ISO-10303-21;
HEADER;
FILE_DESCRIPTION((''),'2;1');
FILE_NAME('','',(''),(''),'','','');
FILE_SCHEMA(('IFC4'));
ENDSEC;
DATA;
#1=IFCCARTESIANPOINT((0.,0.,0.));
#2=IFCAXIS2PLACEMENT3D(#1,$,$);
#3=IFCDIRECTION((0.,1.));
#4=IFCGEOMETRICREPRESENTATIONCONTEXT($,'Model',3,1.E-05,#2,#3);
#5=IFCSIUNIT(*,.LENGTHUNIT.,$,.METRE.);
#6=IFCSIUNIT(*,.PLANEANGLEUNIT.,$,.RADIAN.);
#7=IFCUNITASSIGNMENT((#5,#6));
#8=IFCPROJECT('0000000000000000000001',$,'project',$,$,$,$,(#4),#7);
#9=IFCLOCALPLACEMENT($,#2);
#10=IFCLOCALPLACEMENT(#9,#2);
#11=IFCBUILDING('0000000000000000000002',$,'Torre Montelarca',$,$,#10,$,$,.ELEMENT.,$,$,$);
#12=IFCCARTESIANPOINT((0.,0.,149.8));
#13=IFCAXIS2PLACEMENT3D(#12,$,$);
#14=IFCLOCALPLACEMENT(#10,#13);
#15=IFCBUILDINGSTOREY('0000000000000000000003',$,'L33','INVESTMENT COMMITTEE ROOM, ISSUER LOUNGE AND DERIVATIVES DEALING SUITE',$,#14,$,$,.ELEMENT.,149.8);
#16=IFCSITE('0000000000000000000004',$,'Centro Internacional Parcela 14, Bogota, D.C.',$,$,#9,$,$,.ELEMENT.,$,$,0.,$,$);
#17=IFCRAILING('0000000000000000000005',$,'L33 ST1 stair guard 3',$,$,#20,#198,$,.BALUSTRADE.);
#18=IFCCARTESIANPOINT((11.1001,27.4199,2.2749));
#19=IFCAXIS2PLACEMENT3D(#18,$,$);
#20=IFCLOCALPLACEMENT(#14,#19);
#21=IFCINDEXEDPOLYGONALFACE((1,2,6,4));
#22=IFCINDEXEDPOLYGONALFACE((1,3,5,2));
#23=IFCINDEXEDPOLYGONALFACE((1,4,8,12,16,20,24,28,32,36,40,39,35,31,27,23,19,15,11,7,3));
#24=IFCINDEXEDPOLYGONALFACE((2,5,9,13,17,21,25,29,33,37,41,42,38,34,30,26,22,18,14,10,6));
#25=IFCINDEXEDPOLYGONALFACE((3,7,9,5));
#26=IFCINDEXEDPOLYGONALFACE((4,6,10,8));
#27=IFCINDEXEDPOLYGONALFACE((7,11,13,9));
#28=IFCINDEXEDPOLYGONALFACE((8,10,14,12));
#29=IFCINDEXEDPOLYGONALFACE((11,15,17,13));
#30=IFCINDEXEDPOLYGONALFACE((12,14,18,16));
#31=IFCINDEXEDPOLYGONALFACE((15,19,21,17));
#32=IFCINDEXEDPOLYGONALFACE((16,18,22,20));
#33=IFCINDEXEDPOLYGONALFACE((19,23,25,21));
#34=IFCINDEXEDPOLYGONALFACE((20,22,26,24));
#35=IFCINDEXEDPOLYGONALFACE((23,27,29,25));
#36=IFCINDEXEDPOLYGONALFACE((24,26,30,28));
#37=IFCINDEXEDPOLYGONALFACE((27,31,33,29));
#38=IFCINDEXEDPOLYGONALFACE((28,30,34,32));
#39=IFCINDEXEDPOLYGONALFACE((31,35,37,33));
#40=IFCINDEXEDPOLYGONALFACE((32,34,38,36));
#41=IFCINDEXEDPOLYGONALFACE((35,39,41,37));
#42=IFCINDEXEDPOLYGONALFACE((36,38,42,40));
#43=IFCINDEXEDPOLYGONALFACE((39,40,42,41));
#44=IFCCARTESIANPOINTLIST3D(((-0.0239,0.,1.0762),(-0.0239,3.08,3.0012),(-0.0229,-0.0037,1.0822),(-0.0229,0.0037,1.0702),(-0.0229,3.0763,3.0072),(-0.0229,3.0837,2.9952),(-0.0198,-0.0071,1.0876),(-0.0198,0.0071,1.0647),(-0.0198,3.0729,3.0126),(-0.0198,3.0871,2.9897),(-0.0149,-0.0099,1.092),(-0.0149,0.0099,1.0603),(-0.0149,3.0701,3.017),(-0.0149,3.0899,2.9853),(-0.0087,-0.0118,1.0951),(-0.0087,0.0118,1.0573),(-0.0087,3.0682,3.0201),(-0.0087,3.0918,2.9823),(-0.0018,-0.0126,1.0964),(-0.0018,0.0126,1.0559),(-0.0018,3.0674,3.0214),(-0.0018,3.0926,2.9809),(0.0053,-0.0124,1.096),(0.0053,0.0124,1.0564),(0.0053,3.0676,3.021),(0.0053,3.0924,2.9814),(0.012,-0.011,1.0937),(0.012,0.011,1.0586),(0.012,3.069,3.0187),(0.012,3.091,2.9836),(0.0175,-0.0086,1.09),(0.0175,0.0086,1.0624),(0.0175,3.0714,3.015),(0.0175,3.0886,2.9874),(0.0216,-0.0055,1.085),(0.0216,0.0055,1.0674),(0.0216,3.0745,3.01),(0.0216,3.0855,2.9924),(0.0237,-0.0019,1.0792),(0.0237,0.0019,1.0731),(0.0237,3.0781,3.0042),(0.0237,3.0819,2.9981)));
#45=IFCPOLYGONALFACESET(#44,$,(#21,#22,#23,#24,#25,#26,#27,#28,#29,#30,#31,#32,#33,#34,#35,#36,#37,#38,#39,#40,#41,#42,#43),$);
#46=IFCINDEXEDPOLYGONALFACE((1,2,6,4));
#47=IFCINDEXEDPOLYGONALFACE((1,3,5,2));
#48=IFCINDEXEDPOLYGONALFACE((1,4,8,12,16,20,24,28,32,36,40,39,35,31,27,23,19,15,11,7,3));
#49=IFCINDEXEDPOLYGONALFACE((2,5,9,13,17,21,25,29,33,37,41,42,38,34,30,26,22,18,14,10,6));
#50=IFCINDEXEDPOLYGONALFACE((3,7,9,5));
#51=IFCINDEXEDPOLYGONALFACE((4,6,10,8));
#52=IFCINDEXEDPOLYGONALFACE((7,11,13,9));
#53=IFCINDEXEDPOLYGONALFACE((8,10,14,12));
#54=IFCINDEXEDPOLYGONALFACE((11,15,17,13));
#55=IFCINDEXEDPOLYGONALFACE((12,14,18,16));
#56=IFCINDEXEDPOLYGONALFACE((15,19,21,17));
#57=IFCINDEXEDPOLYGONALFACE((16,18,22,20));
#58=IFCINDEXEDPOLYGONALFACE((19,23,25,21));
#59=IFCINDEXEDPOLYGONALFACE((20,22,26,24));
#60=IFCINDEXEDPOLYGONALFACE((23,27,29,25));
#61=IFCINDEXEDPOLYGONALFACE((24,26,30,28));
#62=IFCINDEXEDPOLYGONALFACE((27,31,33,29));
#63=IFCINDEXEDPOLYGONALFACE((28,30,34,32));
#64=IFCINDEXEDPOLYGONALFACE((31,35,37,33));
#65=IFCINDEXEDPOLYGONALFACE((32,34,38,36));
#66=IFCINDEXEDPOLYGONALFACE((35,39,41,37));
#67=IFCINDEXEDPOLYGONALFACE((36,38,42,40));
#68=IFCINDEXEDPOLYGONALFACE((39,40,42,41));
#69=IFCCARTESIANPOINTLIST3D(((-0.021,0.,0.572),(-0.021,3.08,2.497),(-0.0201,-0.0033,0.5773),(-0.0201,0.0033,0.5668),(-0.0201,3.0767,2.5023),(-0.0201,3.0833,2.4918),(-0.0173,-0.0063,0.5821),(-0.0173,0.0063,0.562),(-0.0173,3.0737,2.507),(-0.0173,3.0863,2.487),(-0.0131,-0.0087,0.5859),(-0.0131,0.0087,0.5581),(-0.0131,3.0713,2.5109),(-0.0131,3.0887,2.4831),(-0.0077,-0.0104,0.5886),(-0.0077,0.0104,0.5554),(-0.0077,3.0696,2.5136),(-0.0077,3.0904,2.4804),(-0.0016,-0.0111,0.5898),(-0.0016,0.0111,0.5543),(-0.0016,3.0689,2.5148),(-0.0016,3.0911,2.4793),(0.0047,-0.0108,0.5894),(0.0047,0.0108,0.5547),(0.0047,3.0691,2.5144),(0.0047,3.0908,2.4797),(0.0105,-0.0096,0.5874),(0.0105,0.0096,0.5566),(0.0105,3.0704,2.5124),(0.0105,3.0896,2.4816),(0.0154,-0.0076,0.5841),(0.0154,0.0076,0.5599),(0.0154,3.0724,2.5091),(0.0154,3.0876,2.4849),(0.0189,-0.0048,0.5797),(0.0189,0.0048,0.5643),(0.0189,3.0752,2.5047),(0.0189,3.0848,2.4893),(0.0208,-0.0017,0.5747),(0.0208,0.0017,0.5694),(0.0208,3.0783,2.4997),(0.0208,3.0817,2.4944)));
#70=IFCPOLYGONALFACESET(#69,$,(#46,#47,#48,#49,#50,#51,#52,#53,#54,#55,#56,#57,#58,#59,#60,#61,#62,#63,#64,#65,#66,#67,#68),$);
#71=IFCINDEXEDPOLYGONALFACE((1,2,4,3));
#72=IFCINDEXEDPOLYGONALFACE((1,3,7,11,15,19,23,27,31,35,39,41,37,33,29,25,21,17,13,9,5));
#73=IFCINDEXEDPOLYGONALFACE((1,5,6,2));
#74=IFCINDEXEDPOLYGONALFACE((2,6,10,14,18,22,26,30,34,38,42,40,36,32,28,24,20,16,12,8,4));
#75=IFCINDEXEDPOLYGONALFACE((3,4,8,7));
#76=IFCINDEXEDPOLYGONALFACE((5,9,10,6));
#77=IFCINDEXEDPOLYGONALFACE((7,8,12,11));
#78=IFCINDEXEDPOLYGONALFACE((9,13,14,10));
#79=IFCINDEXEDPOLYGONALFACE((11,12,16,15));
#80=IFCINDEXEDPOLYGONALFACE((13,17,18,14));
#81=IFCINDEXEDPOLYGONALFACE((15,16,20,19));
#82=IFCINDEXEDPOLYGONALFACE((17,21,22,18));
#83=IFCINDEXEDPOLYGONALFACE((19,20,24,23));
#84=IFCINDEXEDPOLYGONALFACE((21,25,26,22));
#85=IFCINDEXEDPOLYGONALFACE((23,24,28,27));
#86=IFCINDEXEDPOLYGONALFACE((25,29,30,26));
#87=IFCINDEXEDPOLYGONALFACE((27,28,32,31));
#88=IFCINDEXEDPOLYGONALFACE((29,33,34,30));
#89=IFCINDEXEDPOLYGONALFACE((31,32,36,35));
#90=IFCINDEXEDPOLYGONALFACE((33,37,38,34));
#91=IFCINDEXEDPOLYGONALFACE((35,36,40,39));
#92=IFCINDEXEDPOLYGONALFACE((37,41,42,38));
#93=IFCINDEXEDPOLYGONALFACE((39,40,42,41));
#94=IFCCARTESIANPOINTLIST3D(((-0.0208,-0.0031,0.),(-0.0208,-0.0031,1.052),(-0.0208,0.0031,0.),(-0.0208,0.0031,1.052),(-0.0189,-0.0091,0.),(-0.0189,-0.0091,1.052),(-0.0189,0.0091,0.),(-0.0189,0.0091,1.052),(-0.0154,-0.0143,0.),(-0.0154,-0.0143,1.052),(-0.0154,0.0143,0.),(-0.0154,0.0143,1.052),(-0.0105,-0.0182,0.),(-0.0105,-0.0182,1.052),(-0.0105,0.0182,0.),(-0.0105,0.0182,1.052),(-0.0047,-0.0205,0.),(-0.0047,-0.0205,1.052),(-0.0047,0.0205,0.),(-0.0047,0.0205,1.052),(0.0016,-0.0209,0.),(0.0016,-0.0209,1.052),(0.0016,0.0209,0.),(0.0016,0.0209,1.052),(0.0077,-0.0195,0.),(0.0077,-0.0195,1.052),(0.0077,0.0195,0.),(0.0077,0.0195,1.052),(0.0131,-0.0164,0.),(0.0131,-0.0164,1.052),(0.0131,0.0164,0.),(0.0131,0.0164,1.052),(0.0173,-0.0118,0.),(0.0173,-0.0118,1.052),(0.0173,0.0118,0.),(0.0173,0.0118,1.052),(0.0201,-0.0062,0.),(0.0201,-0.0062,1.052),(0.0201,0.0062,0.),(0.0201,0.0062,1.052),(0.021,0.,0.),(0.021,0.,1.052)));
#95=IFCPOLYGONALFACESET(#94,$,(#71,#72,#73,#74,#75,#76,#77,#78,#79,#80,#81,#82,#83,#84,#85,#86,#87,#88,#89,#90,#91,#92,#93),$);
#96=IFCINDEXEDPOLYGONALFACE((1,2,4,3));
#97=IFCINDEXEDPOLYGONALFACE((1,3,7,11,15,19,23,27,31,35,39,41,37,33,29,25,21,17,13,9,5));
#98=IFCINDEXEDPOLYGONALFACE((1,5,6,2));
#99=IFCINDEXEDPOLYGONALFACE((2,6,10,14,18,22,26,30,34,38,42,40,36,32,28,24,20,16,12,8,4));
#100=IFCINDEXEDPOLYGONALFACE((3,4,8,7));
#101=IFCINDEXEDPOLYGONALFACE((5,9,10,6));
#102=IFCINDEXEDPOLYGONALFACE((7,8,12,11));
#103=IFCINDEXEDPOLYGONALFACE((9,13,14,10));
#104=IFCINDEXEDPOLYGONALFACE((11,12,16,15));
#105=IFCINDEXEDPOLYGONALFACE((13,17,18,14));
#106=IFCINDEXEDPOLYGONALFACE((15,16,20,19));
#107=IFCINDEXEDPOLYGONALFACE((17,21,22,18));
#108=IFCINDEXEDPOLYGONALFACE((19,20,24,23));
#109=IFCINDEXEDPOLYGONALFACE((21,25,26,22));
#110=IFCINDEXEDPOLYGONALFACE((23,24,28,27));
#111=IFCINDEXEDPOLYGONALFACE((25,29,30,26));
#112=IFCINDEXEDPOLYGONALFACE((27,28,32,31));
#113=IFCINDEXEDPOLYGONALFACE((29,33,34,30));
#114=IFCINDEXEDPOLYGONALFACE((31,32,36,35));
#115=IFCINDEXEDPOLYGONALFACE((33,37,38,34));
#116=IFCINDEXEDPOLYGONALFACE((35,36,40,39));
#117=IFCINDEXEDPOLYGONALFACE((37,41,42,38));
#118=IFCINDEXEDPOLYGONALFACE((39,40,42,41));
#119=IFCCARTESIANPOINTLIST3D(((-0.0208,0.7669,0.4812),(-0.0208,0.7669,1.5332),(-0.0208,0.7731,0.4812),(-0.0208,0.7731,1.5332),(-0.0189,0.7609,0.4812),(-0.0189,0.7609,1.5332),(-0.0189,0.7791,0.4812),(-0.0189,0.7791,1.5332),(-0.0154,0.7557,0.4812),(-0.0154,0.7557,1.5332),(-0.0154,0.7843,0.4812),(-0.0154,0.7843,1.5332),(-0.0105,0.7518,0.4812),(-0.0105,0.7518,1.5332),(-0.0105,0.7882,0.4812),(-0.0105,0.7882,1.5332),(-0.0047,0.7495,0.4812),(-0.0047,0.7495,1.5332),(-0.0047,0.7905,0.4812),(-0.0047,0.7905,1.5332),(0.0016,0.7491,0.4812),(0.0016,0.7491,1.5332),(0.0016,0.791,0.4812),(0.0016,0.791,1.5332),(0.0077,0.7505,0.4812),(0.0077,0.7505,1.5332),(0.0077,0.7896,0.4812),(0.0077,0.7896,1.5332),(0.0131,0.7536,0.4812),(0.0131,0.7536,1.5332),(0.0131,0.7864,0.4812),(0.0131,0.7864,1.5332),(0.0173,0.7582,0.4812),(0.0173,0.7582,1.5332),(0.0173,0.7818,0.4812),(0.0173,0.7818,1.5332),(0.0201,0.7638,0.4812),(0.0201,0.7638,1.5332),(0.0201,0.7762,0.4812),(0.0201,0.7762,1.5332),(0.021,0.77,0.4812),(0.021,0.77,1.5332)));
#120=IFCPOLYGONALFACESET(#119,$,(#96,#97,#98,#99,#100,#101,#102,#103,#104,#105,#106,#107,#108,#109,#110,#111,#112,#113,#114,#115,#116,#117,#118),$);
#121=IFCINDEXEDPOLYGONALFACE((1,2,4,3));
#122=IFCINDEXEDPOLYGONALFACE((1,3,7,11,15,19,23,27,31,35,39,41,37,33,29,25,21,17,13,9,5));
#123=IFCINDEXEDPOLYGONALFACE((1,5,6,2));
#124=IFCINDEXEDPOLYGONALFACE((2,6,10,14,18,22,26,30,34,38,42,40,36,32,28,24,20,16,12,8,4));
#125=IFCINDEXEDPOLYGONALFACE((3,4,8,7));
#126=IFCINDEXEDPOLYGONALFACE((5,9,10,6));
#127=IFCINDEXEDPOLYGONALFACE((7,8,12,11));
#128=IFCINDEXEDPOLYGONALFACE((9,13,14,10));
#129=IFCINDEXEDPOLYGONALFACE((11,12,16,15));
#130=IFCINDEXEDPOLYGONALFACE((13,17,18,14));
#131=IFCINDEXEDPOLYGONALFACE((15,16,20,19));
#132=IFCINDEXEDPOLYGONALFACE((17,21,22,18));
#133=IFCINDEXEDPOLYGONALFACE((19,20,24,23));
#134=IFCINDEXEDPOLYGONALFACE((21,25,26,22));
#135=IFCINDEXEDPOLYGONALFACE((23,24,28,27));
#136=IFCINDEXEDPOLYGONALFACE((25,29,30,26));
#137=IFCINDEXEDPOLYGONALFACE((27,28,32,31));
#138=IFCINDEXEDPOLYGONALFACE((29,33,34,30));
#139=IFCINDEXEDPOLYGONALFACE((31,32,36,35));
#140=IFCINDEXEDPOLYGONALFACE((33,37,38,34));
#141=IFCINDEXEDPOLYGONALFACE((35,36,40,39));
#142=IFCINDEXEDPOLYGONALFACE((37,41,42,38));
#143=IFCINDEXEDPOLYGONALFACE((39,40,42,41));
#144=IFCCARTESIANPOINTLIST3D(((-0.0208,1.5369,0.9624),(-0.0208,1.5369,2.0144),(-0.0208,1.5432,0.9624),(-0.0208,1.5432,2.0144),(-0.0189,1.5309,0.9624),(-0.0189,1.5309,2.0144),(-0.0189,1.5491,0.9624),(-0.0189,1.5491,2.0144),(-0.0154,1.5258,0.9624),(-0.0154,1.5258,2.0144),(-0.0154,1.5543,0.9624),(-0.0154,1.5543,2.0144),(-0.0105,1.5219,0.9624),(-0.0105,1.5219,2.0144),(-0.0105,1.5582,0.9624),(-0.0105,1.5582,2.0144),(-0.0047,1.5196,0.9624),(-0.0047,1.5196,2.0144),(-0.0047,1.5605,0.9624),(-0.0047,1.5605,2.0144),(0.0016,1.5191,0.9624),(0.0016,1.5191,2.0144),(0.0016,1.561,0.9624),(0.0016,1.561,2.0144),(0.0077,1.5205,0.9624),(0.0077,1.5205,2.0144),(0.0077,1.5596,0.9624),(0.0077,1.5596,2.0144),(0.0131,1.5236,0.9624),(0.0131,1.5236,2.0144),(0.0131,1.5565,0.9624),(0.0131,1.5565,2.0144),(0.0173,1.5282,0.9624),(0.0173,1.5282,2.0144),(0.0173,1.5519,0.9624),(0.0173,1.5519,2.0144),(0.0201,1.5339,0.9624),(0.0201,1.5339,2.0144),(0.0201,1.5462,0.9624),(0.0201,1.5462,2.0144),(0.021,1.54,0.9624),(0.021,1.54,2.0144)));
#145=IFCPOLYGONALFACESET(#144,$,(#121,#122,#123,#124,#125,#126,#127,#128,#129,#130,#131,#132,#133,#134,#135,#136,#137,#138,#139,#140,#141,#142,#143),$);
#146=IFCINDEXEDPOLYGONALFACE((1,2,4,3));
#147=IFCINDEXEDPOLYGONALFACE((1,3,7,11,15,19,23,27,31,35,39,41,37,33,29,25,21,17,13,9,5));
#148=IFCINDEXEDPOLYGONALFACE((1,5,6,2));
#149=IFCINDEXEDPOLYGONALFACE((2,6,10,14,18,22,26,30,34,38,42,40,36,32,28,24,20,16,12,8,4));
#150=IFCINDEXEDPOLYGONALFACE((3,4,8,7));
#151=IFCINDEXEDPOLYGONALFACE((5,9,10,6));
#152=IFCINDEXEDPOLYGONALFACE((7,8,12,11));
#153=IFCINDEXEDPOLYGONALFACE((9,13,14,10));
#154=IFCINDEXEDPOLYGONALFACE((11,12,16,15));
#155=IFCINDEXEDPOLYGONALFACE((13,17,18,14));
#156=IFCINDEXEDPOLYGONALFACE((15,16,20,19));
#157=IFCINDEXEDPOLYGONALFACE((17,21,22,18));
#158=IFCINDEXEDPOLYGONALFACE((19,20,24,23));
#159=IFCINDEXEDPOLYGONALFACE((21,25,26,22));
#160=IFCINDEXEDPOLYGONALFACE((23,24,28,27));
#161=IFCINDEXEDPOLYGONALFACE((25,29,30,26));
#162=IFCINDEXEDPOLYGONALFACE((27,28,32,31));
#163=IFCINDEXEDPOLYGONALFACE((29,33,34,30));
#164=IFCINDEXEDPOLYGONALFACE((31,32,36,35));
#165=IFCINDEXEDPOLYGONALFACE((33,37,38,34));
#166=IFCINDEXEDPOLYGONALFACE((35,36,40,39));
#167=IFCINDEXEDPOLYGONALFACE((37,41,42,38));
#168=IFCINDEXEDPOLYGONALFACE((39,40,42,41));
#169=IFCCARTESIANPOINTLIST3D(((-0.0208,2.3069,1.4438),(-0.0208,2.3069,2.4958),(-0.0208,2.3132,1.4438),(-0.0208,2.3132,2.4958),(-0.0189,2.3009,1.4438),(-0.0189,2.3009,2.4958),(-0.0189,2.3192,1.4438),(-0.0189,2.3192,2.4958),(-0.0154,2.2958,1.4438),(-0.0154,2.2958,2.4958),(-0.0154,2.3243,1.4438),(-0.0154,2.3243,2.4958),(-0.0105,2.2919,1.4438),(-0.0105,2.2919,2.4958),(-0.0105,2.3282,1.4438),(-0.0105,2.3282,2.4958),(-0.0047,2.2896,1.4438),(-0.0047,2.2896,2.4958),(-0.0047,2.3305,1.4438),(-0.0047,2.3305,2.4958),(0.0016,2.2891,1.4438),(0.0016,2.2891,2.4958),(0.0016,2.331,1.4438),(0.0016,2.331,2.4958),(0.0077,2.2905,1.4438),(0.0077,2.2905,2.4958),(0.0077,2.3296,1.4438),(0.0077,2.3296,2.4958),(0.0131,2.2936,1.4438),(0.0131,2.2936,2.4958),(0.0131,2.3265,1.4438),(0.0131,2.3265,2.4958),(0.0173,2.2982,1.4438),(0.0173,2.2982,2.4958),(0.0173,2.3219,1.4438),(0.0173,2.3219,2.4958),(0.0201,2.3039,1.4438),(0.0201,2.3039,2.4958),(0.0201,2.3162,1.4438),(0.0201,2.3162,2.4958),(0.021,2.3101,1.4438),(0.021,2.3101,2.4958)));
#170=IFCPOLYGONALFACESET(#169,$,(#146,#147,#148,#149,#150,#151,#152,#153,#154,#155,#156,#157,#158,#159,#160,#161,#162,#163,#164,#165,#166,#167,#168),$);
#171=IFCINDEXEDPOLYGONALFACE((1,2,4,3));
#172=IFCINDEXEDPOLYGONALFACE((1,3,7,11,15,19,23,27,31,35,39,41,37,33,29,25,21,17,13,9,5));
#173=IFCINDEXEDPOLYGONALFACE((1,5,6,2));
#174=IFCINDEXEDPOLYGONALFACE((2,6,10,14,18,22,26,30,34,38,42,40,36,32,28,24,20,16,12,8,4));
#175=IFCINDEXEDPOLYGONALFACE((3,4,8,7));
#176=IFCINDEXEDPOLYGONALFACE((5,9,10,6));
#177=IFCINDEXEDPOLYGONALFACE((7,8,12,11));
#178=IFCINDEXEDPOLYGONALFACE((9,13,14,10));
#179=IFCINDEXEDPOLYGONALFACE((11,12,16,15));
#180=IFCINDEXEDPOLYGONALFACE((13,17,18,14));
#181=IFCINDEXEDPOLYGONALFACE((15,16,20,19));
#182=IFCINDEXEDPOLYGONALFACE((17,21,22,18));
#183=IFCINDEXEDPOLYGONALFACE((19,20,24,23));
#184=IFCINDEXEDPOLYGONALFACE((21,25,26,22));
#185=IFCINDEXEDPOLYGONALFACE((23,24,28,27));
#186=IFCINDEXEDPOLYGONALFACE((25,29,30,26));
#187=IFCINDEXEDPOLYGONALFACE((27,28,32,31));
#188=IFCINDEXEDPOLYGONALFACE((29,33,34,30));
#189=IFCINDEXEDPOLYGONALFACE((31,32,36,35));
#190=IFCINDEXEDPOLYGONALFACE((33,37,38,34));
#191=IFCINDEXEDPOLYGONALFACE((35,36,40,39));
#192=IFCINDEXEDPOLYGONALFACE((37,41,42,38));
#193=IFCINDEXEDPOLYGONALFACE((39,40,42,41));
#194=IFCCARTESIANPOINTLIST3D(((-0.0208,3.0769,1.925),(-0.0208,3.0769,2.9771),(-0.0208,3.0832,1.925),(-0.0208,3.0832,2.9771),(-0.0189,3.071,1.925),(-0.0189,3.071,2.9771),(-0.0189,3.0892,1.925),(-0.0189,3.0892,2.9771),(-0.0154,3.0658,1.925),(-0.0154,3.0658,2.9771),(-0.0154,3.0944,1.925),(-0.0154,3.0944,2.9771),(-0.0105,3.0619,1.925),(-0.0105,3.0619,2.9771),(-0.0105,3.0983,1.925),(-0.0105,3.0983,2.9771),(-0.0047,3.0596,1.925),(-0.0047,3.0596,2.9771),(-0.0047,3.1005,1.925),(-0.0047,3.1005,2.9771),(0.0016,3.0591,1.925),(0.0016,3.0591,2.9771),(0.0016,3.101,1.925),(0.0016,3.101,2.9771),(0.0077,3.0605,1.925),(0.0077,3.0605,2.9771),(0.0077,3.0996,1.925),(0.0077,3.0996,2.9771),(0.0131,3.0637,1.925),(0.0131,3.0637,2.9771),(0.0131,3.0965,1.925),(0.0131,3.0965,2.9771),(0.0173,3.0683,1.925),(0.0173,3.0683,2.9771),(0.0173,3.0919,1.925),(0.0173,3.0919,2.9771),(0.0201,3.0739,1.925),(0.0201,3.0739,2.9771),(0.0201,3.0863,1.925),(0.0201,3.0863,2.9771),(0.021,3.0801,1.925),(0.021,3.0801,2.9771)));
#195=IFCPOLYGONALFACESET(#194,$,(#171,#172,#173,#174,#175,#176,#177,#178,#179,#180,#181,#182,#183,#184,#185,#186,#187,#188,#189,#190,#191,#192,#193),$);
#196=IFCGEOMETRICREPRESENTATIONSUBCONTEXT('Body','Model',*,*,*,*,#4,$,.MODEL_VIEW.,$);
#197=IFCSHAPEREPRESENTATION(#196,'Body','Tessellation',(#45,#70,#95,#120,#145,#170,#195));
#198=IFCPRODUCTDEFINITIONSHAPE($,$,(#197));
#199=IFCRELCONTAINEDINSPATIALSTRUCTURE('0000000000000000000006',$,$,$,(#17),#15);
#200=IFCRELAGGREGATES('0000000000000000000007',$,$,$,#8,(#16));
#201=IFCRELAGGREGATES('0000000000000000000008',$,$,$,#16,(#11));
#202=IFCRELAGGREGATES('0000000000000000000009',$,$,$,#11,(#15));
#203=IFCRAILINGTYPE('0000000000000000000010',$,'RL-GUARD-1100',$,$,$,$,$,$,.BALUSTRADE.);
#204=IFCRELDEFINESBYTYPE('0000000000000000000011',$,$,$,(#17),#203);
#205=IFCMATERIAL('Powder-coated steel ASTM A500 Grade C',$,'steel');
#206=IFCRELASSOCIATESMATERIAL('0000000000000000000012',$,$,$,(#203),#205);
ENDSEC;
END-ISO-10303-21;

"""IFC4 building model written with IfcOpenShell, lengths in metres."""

from ifc_helpers import new_model, si_unit, direction, frame, origin, origin_2d, place, context, subcontext, project, spatial, circle, extrude, material, type_object, element, save


model = new_model("IFC4")

# Units and contexts
model_context = context("Model", 3, precision=1e-05, world=origin(), true_north=direction((0.0, 1.0)))
body_context = subcontext(model_context, "Body", "Model", "MODEL_VIEW")
ifc_project = project(units=[si_unit("LENGTHUNIT", "METRE"), si_unit("PLANEANGLEUNIT", "RADIAN")], contexts=[model_context])

# Site, building, storey
site_placement = place(None, origin())
site = spatial("IfcSite", under=ifc_project, at=site_placement, Name="Centro Internacional Parcela 14, Bogota, D.C.", CompositionType="ELEMENT", RefElevation=0.0)
building_placement = place(site_placement, origin())
building = spatial("IfcBuilding", under=site, at=building_placement, Name="Torre Montelarca", CompositionType="ELEMENT")
storey_placement = place(building_placement, frame((0.0, 0.0, 149.8)))
storey = spatial("IfcBuildingStorey", under=building, at=storey_placement, Name="L33", Description="INVESTMENT COMMITTEE ROOM, ISSUER LOUNGE AND DERIVATIVES DEALING SUITE", CompositionType="ELEMENT", Elevation=149.8)

# Railing
ifc_material_1 = material(Name="Powder-coated steel ASTM A500 Grade C", Category="steel")
railing_type_1 = type_object("IfcRailingType", Name="RL-GUARD-1100", PredefinedType="BALUSTRADE", material=ifc_material_1)
railing_1_placement = place(storey_placement, frame((11.1001, 27.4199, 2.2749)))
element("IfcRailing", 1, at=railing_1_placement, inside=storey, type_object=railing_type_1, Name="L33 ST1 stair guard 3", PredefinedType="BALUSTRADE", context=body_context, shape_type="SweptSolid", body=[
    extrude(circle(Radius=0.0239, at=origin_2d()), frame((0.0, 0.0, 1.0762), z_axis=(0.0, 0.847998, 0.529999), x_axis=(-1.0, 0.0, 0.0)), (0.0, 0.0, 1.0), 3.6321),
    extrude(circle(Radius=0.021, at=origin_2d()), frame((0.0, 0.0, 0.572), z_axis=(0.0, 0.847998, 0.529999), x_axis=(-1.0, 0.0, 0.0)), (0.0, 0.0, 1.0), 3.6321),
    extrude(circle(Radius=0.021, at=origin_2d()), origin(), (0.0, 0.0, 1.0), 1.052),
    extrude(circle(Radius=0.021, at=origin_2d()), frame((0.0, 0.77, 0.4812)), (0.0, 0.0, 1.0), 1.052),
    extrude(circle(Radius=0.021, at=origin_2d()), frame((0.0, 1.54, 0.9624)), (0.0, 0.0, 1.0), 1.052),
    extrude(circle(Radius=0.021, at=origin_2d()), frame((0.0, 2.3101, 1.4438)), (0.0, 0.0, 1.0), 1.052),
    extrude(circle(Radius=0.021, at=origin_2d()), frame((0.0, 3.0801, 1.925)), (0.0, 0.0, 1.0), 1.052),
])

save(model, "model.ifc")
